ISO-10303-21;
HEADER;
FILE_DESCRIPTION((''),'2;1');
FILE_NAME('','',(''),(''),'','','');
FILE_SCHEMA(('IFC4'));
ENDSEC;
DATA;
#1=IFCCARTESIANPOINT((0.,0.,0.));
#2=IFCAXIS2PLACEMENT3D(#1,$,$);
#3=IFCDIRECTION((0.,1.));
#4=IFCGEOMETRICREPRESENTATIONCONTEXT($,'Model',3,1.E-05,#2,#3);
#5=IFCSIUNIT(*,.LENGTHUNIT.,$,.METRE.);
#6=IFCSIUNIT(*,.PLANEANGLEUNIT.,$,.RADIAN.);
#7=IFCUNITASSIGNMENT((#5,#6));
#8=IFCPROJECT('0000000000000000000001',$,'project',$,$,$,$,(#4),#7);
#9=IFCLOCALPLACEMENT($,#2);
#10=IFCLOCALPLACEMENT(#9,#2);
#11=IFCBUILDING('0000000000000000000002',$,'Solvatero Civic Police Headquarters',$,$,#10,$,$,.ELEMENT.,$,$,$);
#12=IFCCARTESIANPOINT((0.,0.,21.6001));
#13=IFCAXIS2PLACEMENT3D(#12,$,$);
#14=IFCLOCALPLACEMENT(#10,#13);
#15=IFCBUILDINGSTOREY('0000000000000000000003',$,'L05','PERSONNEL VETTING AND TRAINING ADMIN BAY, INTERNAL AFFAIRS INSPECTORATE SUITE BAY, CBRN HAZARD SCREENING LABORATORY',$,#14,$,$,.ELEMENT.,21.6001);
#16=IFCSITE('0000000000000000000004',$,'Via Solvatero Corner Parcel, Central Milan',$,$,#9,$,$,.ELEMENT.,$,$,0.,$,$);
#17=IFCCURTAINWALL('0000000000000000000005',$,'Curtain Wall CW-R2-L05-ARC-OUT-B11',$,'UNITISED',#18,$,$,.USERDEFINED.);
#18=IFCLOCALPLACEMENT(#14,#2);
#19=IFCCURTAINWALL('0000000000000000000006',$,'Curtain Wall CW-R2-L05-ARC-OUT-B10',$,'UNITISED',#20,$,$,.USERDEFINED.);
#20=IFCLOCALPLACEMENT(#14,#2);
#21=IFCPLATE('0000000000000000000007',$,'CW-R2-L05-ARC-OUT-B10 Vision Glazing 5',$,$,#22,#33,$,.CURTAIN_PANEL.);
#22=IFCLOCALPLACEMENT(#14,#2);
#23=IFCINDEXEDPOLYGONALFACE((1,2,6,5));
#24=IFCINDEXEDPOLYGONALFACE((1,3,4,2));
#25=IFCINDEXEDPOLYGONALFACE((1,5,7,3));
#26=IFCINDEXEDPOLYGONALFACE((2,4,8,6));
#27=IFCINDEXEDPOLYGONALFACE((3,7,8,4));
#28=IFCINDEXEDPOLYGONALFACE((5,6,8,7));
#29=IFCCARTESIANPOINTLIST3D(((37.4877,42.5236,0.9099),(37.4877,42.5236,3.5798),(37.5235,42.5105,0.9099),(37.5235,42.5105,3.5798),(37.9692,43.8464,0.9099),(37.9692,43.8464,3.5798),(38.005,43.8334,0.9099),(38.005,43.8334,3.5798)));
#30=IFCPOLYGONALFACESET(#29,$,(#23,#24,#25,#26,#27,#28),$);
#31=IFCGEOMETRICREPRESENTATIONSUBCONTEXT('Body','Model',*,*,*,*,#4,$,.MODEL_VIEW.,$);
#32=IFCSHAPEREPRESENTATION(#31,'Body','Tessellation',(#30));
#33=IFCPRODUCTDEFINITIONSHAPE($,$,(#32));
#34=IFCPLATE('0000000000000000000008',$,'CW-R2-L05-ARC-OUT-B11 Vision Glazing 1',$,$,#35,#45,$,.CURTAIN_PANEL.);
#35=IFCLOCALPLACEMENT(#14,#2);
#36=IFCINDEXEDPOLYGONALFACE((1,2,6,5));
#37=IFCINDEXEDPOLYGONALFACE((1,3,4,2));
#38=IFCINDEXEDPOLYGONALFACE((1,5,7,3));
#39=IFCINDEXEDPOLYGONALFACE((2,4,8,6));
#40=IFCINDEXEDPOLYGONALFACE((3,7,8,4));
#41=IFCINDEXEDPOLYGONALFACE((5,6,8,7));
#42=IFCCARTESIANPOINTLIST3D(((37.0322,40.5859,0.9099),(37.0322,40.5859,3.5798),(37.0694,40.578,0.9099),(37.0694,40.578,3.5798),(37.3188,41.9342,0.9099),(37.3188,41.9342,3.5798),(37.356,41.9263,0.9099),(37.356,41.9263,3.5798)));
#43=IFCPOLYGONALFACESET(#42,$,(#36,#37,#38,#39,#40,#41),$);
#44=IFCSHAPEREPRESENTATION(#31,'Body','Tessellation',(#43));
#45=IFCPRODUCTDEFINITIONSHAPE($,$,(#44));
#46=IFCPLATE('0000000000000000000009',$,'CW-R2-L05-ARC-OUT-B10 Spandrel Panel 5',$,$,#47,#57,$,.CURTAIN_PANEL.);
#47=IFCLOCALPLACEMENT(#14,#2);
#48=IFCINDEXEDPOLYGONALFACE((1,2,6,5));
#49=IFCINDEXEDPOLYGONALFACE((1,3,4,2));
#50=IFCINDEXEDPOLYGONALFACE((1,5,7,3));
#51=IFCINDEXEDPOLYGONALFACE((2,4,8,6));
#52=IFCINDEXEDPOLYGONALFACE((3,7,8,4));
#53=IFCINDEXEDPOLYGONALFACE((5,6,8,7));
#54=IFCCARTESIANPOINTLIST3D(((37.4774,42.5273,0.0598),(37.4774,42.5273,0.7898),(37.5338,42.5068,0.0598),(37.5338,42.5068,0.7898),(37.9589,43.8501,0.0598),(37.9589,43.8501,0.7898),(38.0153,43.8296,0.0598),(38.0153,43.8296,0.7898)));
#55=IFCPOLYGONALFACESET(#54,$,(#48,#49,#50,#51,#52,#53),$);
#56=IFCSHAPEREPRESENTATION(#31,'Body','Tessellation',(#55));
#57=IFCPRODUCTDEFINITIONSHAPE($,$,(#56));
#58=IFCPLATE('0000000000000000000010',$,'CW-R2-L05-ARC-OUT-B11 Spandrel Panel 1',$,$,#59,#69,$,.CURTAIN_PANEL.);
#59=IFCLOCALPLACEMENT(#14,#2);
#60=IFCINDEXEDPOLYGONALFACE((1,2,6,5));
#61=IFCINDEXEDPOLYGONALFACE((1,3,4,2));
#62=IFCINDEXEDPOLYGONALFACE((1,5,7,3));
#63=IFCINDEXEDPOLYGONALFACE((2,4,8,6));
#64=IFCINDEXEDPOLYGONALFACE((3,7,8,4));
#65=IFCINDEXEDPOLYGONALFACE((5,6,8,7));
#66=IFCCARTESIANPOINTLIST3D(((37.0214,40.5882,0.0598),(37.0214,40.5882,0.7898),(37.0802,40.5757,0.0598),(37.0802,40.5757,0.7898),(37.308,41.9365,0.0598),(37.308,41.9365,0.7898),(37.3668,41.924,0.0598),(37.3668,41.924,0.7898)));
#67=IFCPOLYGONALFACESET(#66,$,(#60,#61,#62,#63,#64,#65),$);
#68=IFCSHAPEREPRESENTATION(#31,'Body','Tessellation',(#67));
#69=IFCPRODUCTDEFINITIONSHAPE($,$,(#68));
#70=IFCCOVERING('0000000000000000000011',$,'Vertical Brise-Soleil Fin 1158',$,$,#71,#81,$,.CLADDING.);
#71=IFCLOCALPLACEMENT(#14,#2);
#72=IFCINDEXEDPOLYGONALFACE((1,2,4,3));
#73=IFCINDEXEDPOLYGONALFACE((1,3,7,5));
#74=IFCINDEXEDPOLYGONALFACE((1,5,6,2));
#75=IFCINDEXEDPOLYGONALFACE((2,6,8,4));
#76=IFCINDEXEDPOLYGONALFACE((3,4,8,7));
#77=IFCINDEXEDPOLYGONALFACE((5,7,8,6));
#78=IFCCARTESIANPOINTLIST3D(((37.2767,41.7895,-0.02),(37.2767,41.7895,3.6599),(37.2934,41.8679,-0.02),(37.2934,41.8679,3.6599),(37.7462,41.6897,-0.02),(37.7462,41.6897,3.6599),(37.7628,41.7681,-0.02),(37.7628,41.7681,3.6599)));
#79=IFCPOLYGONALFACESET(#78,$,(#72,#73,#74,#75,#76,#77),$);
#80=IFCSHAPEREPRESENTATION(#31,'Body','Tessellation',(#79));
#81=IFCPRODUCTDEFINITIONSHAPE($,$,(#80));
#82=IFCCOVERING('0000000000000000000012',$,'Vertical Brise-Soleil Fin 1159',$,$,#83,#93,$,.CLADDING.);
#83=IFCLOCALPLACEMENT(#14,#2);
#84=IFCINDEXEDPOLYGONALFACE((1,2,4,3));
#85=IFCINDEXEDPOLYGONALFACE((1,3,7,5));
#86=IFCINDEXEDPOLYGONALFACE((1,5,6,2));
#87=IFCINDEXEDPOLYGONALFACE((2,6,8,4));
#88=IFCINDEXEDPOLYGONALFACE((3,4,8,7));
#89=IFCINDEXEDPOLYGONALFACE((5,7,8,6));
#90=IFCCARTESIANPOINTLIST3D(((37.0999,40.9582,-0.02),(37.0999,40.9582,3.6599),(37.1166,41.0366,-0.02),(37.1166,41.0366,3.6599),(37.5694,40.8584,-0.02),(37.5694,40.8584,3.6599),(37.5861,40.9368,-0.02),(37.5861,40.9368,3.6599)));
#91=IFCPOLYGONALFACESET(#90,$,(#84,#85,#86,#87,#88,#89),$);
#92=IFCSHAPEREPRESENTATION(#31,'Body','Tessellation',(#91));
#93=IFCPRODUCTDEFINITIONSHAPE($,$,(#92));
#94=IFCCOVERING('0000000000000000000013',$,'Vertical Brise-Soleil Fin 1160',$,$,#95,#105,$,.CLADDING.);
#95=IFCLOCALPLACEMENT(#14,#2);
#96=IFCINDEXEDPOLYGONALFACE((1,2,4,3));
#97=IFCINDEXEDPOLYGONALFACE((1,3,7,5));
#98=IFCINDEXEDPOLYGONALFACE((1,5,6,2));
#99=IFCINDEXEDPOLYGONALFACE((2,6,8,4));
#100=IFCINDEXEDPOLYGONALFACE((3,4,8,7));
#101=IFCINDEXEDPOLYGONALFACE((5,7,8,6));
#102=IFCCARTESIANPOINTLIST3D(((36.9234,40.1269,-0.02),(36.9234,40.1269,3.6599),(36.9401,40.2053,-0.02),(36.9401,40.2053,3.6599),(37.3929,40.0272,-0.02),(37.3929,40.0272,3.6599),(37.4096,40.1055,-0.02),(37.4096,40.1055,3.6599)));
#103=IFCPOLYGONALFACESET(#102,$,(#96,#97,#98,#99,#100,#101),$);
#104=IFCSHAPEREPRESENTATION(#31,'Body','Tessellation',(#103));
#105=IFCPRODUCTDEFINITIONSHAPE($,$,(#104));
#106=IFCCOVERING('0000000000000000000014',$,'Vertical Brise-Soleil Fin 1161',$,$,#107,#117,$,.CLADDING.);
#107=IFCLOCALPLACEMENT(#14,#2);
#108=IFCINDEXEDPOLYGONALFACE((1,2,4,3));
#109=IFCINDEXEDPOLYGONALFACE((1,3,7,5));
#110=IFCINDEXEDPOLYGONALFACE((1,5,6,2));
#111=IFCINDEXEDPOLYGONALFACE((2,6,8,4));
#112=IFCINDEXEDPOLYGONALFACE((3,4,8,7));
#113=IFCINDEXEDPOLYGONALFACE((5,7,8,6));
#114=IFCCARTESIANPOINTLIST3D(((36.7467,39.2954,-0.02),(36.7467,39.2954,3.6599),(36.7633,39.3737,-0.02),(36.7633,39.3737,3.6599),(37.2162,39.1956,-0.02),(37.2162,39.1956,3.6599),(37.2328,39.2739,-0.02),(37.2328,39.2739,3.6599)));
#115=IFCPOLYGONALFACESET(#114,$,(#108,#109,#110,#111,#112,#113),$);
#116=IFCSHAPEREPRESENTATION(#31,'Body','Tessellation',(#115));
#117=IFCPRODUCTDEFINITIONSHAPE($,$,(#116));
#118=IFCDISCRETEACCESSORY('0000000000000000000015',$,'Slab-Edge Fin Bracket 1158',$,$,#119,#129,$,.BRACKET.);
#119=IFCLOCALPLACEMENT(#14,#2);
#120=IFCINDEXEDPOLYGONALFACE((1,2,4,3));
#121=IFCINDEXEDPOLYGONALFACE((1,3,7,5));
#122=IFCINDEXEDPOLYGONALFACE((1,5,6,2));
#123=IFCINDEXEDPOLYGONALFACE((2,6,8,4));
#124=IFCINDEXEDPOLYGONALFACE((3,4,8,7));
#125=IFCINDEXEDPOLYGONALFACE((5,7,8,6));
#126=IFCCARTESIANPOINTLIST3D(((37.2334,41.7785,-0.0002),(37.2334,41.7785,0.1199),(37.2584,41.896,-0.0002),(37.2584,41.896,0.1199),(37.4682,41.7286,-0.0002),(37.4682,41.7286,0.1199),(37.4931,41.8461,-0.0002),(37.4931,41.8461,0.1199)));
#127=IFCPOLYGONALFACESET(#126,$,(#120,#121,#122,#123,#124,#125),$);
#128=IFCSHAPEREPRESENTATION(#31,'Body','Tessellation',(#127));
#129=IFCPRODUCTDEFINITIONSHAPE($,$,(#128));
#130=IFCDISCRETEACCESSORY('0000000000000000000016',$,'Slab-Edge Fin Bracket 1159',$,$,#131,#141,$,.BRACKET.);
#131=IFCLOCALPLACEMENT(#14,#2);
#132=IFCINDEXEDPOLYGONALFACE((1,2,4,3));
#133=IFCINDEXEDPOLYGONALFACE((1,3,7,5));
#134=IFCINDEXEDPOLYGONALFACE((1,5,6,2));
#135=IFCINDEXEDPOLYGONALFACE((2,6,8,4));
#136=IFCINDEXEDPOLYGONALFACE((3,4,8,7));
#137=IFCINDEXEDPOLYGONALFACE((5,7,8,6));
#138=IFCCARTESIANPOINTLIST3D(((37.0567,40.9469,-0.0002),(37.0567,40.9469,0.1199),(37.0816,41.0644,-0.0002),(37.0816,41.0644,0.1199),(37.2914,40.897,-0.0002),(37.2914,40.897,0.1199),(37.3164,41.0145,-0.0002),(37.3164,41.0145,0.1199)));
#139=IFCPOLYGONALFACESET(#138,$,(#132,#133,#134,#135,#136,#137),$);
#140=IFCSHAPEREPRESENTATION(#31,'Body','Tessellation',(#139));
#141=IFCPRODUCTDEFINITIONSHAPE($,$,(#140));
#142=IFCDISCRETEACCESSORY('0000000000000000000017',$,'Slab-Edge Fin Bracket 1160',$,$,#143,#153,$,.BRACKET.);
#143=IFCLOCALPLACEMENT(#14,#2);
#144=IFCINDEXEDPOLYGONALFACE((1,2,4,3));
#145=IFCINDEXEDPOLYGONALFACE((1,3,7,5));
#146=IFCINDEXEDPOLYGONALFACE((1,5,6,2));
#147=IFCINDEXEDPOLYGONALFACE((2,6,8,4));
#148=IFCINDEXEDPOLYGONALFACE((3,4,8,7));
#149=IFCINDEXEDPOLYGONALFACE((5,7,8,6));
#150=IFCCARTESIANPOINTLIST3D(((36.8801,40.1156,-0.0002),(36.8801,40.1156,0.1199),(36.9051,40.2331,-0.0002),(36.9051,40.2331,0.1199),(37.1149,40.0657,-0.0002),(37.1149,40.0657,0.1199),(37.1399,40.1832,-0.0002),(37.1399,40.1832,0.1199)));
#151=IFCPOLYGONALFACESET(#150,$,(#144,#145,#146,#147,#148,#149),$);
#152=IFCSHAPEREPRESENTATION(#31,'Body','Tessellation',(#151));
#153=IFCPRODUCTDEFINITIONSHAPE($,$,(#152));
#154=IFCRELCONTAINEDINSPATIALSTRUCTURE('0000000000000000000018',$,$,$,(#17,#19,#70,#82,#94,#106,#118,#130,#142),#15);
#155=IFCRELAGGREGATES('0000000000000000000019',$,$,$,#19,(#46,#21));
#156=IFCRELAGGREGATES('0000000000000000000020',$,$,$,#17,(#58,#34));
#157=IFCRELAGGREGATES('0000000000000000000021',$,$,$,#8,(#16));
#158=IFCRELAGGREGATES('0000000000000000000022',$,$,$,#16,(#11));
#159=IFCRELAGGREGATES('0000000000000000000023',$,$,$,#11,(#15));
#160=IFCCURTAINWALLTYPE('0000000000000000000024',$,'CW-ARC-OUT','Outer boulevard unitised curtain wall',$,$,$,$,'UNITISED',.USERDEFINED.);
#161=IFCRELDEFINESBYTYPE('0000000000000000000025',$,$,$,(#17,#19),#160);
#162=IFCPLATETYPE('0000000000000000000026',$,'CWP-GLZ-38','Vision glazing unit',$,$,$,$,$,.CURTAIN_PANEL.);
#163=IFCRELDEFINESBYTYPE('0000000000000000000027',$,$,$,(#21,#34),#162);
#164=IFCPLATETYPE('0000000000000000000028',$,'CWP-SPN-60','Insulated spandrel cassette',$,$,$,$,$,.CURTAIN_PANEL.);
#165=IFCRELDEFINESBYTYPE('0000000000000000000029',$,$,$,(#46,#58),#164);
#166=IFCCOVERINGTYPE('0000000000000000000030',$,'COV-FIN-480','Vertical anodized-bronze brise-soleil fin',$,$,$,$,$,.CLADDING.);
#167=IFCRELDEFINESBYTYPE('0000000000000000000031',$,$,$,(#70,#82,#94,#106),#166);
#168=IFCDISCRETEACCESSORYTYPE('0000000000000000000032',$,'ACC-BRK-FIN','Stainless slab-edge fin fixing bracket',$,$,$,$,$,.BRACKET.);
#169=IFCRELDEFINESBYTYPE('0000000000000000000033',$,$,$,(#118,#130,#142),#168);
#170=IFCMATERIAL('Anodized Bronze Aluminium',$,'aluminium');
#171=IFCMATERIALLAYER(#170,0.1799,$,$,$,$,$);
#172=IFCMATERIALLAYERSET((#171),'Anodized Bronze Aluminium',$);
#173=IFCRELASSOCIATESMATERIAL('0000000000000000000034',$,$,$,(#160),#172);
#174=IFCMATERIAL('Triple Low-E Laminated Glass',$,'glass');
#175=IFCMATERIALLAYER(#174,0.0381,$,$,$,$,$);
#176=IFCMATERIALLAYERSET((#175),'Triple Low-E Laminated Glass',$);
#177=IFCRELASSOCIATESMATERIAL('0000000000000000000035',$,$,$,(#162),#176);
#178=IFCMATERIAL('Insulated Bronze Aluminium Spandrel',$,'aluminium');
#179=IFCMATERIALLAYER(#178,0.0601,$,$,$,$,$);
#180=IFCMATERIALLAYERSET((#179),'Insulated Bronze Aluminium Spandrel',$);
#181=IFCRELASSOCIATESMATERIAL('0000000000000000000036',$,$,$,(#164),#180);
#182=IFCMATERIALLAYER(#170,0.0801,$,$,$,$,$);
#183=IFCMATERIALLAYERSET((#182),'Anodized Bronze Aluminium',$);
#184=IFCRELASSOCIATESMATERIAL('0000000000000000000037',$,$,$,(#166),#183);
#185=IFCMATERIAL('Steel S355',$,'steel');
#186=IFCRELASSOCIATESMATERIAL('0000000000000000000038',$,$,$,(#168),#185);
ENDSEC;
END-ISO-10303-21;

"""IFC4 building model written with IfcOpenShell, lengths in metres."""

from ifc_helpers import new_model, si_unit, direction, frame, origin, origin_2d, place, context, subcontext, project, spatial, rectangle, extrude, material, layer, layer_set, type_object, element, aggregate, save


model = new_model("IFC4")

# Units and contexts
model_context = context("Model", 3, precision=1e-05, world=origin(), true_north=direction((0.0, 1.0)))
body_context = subcontext(model_context, "Body", "Model", "MODEL_VIEW")
ifc_project = project(units=[si_unit("LENGTHUNIT", "METRE"), si_unit("PLANEANGLEUNIT", "RADIAN")], contexts=[model_context])

# Site, building, storey
site_placement = place(None, origin())
site = spatial("IfcSite", under=ifc_project, at=site_placement, Name="Via Solvatero Corner Parcel, Central Milan", CompositionType="ELEMENT", RefElevation=0.0)
building_placement = place(site_placement, origin())
building = spatial("IfcBuilding", under=site, at=building_placement, Name="Solvatero Civic Police Headquarters", CompositionType="ELEMENT")
storey_placement = place(building_placement, frame((0.0, 0.0, 21.6001)))
storey = spatial("IfcBuildingStorey", under=building, at=storey_placement, Name="L05", Description="PERSONNEL VETTING AND TRAINING ADMIN BAY, INTERNAL AFFAIRS INSPECTORATE SUITE BAY, CBRN HAZARD SCREENING LABORATORY", CompositionType="ELEMENT", Elevation=21.6001)

# Shared definitions
ifc_material_1 = material(Name="Steel S355", Category="steel")

# Curtain wall
ifc_material_2 = material(Name="Anodized Bronze Aluminium", Category="aluminium")
ifc_layer_1 = layer(ifc_material_2, 0.1799)
ifc_layer_set_1 = layer_set([ifc_layer_1], Name="Anodized Bronze Aluminium")
curtain_wall_type = type_object("IfcCurtainWallType", Name="CW-ARC-OUT", Description="Outer boulevard unitised curtain wall", ElementType="UNITISED", PredefinedType="USERDEFINED", material=ifc_layer_set_1)
curtain_wall_1_placement = place(storey_placement, origin())
curtain_wall_1 = element("IfcCurtainWall", 1, at=curtain_wall_1_placement, inside=storey, type_object=curtain_wall_type, Name="Curtain Wall CW-R2-L05-ARC-OUT-B11", ObjectType="UNITISED", PredefinedType="USERDEFINED")

# Curtain wall
curtain_wall_2_placement = place(storey_placement, origin())
curtain_wall_2 = element("IfcCurtainWall", 2, at=curtain_wall_2_placement, inside=storey, type_object=curtain_wall_type, Name="Curtain Wall CW-R2-L05-ARC-OUT-B10", ObjectType="UNITISED", PredefinedType="USERDEFINED")

# Plates
ifc_material_3 = material(Name="Triple Low-E Laminated Glass", Category="glass")
ifc_layer_2 = layer(ifc_material_3, 0.0381)
ifc_layer_set_2 = layer_set([ifc_layer_2], Name="Triple Low-E Laminated Glass")
plate_type_1 = type_object("IfcPlateType", Name="CWP-GLZ-38", Description="Vision glazing unit", PredefinedType="CURTAIN_PANEL", material=ifc_layer_set_2)
plate_1_placement = place(storey_placement, frame((37.7463, 43.1785, 0.9099), z_axis=(0.0, 0.0, 1.0), x_axis=(-0.34202, -0.939693, 0.0)))
plate_1 = element("IfcPlate", 3, at=plate_1_placement, type_object=plate_type_1, Name="CW-R2-L05-ARC-OUT-B10 Vision Glazing 5", PredefinedType="CURTAIN_PANEL", context=body_context, shape_type="SweptSolid", body=[
    extrude(rectangle(XDim=1.4077, YDim=0.0381, at=origin_2d()), origin(), (0.0, 0.0, 1.0), 2.6699),
])
plate_2_placement = place(storey_placement, frame((37.1941, 41.2561, 0.9099), z_axis=(0.0, 0.0, 1.0), x_axis=(-0.207912, -0.978148, 0.0)))
plate_2 = element("IfcPlate", 4, at=plate_2_placement, type_object=plate_type_1, Name="CW-R2-L05-ARC-OUT-B11 Vision Glazing 1", PredefinedType="CURTAIN_PANEL", context=body_context, shape_type="SweptSolid", body=[
    extrude(rectangle(XDim=1.3784, YDim=0.0381, at=origin_2d()), origin(), (0.0, 0.0, 1.0), 2.6699),
])
ifc_material_4 = material(Name="Insulated Bronze Aluminium Spandrel", Category="aluminium")
ifc_layer_3 = layer(ifc_material_4, 0.0601)
ifc_layer_set_3 = layer_set([ifc_layer_3], Name="Insulated Bronze Aluminium Spandrel")
plate_type_2 = type_object("IfcPlateType", Name="CWP-SPN-60", Description="Insulated spandrel cassette", PredefinedType="CURTAIN_PANEL", material=ifc_layer_set_3)
plate_3_placement = place(storey_placement, frame((37.7463, 43.1785, 0.0598), z_axis=(0.0, 0.0, 1.0), x_axis=(-0.34202, -0.939693, 0.0)))
plate_3 = element("IfcPlate", 5, at=plate_3_placement, type_object=plate_type_2, Name="CW-R2-L05-ARC-OUT-B10 Spandrel Panel 5", PredefinedType="CURTAIN_PANEL", context=body_context, shape_type="SweptSolid", body=[
    extrude(rectangle(XDim=1.4077, YDim=0.0601, at=origin_2d()), origin(), (0.0, 0.0, 1.0), 0.73),
])
aggregate(curtain_wall_2, [plate_3, plate_1])
plate_4_placement = place(storey_placement, frame((37.1941, 41.2561, 0.0598), z_axis=(0.0, 0.0, 1.0), x_axis=(-0.207912, -0.978148, 0.0)))
plate_4 = element("IfcPlate", 6, at=plate_4_placement, type_object=plate_type_2, Name="CW-R2-L05-ARC-OUT-B11 Spandrel Panel 1", PredefinedType="CURTAIN_PANEL", context=body_context, shape_type="SweptSolid", body=[
    extrude(rectangle(XDim=1.3784, YDim=0.0601, at=origin_2d()), origin(), (0.0, 0.0, 1.0), 0.73),
])
aggregate(curtain_wall_1, [plate_4, plate_2])

# Coverings
ifc_layer_4 = layer(ifc_material_2, 0.0801)
ifc_layer_set_4 = layer_set([ifc_layer_4], Name="Anodized Bronze Aluminium")
covering_type = type_object("IfcCoveringType", Name="COV-FIN-480", Description="Vertical anodized-bronze brise-soleil fin", PredefinedType="CLADDING", material=ifc_layer_set_4)
for number, where, z_axis, x_axis, name in (
    (7, (37.5198, 41.7788, -0.02), (0.0, 0.0, 1.0), (-0.207912, -0.978148, 0.0), "Vertical Brise-Soleil Fin 1158"),
    (8, (37.343, 40.9475, -0.02), (0.0, 0.0, 1.0), (-0.207912, -0.978148, 0.0), "Vertical Brise-Soleil Fin 1159"),
    (9, (37.1665, 40.1162, -0.02), (0.0, 0.0, 1.0), (-0.207912, -0.978148, 0.0), "Vertical Brise-Soleil Fin 1160"),
    (10, (36.9897, 39.2847, -0.02), (0.0, 0.0, 1.0), (-0.207912, -0.978148, 0.0), "Vertical Brise-Soleil Fin 1161"),
):
    element("IfcCovering", number, at=place(storey_placement, frame(where, z_axis=z_axis, x_axis=x_axis)), inside=storey, type_object=covering_type, Name=name, PredefinedType="CLADDING", context=body_context, shape_type="SweptSolid", body=[
        extrude(rectangle(XDim=0.0801, YDim=0.48, at=origin_2d()), origin(), (0.0, 0.0, 1.0), 3.6799),
    ])

# Discrete accessories
discrete_accessory_type = type_object("IfcDiscreteAccessoryType", Name="ACC-BRK-FIN", Description="Stainless slab-edge fin fixing bracket", PredefinedType="BRACKET", material=ifc_material_1)
for number, where, z_axis, x_axis, name in (
    (11, (37.3633, 41.8123, -0.0002), (0.0, 0.0, 1.0), (-0.207912, -0.978148, 0.0), "Slab-Edge Fin Bracket 1158"),
    (12, (37.1865, 40.9807, -0.0002), (0.0, 0.0, 1.0), (-0.207912, -0.978148, 0.0), "Slab-Edge Fin Bracket 1159"),
    (13, (37.01, 40.1494, -0.0002), (0.0, 0.0, 1.0), (-0.207912, -0.978148, 0.0), "Slab-Edge Fin Bracket 1160"),
):
    element("IfcDiscreteAccessory", number, at=place(storey_placement, frame(where, z_axis=z_axis, x_axis=x_axis)), inside=storey, type_object=discrete_accessory_type, Name=name, PredefinedType="BRACKET", context=body_context, shape_type="SweptSolid", body=[
        extrude(rectangle(XDim=0.1201, YDim=0.24, at=origin_2d()), origin(), (0.0, 0.0, 1.0), 0.1201),
    ])

save(model, "model.ifc")
